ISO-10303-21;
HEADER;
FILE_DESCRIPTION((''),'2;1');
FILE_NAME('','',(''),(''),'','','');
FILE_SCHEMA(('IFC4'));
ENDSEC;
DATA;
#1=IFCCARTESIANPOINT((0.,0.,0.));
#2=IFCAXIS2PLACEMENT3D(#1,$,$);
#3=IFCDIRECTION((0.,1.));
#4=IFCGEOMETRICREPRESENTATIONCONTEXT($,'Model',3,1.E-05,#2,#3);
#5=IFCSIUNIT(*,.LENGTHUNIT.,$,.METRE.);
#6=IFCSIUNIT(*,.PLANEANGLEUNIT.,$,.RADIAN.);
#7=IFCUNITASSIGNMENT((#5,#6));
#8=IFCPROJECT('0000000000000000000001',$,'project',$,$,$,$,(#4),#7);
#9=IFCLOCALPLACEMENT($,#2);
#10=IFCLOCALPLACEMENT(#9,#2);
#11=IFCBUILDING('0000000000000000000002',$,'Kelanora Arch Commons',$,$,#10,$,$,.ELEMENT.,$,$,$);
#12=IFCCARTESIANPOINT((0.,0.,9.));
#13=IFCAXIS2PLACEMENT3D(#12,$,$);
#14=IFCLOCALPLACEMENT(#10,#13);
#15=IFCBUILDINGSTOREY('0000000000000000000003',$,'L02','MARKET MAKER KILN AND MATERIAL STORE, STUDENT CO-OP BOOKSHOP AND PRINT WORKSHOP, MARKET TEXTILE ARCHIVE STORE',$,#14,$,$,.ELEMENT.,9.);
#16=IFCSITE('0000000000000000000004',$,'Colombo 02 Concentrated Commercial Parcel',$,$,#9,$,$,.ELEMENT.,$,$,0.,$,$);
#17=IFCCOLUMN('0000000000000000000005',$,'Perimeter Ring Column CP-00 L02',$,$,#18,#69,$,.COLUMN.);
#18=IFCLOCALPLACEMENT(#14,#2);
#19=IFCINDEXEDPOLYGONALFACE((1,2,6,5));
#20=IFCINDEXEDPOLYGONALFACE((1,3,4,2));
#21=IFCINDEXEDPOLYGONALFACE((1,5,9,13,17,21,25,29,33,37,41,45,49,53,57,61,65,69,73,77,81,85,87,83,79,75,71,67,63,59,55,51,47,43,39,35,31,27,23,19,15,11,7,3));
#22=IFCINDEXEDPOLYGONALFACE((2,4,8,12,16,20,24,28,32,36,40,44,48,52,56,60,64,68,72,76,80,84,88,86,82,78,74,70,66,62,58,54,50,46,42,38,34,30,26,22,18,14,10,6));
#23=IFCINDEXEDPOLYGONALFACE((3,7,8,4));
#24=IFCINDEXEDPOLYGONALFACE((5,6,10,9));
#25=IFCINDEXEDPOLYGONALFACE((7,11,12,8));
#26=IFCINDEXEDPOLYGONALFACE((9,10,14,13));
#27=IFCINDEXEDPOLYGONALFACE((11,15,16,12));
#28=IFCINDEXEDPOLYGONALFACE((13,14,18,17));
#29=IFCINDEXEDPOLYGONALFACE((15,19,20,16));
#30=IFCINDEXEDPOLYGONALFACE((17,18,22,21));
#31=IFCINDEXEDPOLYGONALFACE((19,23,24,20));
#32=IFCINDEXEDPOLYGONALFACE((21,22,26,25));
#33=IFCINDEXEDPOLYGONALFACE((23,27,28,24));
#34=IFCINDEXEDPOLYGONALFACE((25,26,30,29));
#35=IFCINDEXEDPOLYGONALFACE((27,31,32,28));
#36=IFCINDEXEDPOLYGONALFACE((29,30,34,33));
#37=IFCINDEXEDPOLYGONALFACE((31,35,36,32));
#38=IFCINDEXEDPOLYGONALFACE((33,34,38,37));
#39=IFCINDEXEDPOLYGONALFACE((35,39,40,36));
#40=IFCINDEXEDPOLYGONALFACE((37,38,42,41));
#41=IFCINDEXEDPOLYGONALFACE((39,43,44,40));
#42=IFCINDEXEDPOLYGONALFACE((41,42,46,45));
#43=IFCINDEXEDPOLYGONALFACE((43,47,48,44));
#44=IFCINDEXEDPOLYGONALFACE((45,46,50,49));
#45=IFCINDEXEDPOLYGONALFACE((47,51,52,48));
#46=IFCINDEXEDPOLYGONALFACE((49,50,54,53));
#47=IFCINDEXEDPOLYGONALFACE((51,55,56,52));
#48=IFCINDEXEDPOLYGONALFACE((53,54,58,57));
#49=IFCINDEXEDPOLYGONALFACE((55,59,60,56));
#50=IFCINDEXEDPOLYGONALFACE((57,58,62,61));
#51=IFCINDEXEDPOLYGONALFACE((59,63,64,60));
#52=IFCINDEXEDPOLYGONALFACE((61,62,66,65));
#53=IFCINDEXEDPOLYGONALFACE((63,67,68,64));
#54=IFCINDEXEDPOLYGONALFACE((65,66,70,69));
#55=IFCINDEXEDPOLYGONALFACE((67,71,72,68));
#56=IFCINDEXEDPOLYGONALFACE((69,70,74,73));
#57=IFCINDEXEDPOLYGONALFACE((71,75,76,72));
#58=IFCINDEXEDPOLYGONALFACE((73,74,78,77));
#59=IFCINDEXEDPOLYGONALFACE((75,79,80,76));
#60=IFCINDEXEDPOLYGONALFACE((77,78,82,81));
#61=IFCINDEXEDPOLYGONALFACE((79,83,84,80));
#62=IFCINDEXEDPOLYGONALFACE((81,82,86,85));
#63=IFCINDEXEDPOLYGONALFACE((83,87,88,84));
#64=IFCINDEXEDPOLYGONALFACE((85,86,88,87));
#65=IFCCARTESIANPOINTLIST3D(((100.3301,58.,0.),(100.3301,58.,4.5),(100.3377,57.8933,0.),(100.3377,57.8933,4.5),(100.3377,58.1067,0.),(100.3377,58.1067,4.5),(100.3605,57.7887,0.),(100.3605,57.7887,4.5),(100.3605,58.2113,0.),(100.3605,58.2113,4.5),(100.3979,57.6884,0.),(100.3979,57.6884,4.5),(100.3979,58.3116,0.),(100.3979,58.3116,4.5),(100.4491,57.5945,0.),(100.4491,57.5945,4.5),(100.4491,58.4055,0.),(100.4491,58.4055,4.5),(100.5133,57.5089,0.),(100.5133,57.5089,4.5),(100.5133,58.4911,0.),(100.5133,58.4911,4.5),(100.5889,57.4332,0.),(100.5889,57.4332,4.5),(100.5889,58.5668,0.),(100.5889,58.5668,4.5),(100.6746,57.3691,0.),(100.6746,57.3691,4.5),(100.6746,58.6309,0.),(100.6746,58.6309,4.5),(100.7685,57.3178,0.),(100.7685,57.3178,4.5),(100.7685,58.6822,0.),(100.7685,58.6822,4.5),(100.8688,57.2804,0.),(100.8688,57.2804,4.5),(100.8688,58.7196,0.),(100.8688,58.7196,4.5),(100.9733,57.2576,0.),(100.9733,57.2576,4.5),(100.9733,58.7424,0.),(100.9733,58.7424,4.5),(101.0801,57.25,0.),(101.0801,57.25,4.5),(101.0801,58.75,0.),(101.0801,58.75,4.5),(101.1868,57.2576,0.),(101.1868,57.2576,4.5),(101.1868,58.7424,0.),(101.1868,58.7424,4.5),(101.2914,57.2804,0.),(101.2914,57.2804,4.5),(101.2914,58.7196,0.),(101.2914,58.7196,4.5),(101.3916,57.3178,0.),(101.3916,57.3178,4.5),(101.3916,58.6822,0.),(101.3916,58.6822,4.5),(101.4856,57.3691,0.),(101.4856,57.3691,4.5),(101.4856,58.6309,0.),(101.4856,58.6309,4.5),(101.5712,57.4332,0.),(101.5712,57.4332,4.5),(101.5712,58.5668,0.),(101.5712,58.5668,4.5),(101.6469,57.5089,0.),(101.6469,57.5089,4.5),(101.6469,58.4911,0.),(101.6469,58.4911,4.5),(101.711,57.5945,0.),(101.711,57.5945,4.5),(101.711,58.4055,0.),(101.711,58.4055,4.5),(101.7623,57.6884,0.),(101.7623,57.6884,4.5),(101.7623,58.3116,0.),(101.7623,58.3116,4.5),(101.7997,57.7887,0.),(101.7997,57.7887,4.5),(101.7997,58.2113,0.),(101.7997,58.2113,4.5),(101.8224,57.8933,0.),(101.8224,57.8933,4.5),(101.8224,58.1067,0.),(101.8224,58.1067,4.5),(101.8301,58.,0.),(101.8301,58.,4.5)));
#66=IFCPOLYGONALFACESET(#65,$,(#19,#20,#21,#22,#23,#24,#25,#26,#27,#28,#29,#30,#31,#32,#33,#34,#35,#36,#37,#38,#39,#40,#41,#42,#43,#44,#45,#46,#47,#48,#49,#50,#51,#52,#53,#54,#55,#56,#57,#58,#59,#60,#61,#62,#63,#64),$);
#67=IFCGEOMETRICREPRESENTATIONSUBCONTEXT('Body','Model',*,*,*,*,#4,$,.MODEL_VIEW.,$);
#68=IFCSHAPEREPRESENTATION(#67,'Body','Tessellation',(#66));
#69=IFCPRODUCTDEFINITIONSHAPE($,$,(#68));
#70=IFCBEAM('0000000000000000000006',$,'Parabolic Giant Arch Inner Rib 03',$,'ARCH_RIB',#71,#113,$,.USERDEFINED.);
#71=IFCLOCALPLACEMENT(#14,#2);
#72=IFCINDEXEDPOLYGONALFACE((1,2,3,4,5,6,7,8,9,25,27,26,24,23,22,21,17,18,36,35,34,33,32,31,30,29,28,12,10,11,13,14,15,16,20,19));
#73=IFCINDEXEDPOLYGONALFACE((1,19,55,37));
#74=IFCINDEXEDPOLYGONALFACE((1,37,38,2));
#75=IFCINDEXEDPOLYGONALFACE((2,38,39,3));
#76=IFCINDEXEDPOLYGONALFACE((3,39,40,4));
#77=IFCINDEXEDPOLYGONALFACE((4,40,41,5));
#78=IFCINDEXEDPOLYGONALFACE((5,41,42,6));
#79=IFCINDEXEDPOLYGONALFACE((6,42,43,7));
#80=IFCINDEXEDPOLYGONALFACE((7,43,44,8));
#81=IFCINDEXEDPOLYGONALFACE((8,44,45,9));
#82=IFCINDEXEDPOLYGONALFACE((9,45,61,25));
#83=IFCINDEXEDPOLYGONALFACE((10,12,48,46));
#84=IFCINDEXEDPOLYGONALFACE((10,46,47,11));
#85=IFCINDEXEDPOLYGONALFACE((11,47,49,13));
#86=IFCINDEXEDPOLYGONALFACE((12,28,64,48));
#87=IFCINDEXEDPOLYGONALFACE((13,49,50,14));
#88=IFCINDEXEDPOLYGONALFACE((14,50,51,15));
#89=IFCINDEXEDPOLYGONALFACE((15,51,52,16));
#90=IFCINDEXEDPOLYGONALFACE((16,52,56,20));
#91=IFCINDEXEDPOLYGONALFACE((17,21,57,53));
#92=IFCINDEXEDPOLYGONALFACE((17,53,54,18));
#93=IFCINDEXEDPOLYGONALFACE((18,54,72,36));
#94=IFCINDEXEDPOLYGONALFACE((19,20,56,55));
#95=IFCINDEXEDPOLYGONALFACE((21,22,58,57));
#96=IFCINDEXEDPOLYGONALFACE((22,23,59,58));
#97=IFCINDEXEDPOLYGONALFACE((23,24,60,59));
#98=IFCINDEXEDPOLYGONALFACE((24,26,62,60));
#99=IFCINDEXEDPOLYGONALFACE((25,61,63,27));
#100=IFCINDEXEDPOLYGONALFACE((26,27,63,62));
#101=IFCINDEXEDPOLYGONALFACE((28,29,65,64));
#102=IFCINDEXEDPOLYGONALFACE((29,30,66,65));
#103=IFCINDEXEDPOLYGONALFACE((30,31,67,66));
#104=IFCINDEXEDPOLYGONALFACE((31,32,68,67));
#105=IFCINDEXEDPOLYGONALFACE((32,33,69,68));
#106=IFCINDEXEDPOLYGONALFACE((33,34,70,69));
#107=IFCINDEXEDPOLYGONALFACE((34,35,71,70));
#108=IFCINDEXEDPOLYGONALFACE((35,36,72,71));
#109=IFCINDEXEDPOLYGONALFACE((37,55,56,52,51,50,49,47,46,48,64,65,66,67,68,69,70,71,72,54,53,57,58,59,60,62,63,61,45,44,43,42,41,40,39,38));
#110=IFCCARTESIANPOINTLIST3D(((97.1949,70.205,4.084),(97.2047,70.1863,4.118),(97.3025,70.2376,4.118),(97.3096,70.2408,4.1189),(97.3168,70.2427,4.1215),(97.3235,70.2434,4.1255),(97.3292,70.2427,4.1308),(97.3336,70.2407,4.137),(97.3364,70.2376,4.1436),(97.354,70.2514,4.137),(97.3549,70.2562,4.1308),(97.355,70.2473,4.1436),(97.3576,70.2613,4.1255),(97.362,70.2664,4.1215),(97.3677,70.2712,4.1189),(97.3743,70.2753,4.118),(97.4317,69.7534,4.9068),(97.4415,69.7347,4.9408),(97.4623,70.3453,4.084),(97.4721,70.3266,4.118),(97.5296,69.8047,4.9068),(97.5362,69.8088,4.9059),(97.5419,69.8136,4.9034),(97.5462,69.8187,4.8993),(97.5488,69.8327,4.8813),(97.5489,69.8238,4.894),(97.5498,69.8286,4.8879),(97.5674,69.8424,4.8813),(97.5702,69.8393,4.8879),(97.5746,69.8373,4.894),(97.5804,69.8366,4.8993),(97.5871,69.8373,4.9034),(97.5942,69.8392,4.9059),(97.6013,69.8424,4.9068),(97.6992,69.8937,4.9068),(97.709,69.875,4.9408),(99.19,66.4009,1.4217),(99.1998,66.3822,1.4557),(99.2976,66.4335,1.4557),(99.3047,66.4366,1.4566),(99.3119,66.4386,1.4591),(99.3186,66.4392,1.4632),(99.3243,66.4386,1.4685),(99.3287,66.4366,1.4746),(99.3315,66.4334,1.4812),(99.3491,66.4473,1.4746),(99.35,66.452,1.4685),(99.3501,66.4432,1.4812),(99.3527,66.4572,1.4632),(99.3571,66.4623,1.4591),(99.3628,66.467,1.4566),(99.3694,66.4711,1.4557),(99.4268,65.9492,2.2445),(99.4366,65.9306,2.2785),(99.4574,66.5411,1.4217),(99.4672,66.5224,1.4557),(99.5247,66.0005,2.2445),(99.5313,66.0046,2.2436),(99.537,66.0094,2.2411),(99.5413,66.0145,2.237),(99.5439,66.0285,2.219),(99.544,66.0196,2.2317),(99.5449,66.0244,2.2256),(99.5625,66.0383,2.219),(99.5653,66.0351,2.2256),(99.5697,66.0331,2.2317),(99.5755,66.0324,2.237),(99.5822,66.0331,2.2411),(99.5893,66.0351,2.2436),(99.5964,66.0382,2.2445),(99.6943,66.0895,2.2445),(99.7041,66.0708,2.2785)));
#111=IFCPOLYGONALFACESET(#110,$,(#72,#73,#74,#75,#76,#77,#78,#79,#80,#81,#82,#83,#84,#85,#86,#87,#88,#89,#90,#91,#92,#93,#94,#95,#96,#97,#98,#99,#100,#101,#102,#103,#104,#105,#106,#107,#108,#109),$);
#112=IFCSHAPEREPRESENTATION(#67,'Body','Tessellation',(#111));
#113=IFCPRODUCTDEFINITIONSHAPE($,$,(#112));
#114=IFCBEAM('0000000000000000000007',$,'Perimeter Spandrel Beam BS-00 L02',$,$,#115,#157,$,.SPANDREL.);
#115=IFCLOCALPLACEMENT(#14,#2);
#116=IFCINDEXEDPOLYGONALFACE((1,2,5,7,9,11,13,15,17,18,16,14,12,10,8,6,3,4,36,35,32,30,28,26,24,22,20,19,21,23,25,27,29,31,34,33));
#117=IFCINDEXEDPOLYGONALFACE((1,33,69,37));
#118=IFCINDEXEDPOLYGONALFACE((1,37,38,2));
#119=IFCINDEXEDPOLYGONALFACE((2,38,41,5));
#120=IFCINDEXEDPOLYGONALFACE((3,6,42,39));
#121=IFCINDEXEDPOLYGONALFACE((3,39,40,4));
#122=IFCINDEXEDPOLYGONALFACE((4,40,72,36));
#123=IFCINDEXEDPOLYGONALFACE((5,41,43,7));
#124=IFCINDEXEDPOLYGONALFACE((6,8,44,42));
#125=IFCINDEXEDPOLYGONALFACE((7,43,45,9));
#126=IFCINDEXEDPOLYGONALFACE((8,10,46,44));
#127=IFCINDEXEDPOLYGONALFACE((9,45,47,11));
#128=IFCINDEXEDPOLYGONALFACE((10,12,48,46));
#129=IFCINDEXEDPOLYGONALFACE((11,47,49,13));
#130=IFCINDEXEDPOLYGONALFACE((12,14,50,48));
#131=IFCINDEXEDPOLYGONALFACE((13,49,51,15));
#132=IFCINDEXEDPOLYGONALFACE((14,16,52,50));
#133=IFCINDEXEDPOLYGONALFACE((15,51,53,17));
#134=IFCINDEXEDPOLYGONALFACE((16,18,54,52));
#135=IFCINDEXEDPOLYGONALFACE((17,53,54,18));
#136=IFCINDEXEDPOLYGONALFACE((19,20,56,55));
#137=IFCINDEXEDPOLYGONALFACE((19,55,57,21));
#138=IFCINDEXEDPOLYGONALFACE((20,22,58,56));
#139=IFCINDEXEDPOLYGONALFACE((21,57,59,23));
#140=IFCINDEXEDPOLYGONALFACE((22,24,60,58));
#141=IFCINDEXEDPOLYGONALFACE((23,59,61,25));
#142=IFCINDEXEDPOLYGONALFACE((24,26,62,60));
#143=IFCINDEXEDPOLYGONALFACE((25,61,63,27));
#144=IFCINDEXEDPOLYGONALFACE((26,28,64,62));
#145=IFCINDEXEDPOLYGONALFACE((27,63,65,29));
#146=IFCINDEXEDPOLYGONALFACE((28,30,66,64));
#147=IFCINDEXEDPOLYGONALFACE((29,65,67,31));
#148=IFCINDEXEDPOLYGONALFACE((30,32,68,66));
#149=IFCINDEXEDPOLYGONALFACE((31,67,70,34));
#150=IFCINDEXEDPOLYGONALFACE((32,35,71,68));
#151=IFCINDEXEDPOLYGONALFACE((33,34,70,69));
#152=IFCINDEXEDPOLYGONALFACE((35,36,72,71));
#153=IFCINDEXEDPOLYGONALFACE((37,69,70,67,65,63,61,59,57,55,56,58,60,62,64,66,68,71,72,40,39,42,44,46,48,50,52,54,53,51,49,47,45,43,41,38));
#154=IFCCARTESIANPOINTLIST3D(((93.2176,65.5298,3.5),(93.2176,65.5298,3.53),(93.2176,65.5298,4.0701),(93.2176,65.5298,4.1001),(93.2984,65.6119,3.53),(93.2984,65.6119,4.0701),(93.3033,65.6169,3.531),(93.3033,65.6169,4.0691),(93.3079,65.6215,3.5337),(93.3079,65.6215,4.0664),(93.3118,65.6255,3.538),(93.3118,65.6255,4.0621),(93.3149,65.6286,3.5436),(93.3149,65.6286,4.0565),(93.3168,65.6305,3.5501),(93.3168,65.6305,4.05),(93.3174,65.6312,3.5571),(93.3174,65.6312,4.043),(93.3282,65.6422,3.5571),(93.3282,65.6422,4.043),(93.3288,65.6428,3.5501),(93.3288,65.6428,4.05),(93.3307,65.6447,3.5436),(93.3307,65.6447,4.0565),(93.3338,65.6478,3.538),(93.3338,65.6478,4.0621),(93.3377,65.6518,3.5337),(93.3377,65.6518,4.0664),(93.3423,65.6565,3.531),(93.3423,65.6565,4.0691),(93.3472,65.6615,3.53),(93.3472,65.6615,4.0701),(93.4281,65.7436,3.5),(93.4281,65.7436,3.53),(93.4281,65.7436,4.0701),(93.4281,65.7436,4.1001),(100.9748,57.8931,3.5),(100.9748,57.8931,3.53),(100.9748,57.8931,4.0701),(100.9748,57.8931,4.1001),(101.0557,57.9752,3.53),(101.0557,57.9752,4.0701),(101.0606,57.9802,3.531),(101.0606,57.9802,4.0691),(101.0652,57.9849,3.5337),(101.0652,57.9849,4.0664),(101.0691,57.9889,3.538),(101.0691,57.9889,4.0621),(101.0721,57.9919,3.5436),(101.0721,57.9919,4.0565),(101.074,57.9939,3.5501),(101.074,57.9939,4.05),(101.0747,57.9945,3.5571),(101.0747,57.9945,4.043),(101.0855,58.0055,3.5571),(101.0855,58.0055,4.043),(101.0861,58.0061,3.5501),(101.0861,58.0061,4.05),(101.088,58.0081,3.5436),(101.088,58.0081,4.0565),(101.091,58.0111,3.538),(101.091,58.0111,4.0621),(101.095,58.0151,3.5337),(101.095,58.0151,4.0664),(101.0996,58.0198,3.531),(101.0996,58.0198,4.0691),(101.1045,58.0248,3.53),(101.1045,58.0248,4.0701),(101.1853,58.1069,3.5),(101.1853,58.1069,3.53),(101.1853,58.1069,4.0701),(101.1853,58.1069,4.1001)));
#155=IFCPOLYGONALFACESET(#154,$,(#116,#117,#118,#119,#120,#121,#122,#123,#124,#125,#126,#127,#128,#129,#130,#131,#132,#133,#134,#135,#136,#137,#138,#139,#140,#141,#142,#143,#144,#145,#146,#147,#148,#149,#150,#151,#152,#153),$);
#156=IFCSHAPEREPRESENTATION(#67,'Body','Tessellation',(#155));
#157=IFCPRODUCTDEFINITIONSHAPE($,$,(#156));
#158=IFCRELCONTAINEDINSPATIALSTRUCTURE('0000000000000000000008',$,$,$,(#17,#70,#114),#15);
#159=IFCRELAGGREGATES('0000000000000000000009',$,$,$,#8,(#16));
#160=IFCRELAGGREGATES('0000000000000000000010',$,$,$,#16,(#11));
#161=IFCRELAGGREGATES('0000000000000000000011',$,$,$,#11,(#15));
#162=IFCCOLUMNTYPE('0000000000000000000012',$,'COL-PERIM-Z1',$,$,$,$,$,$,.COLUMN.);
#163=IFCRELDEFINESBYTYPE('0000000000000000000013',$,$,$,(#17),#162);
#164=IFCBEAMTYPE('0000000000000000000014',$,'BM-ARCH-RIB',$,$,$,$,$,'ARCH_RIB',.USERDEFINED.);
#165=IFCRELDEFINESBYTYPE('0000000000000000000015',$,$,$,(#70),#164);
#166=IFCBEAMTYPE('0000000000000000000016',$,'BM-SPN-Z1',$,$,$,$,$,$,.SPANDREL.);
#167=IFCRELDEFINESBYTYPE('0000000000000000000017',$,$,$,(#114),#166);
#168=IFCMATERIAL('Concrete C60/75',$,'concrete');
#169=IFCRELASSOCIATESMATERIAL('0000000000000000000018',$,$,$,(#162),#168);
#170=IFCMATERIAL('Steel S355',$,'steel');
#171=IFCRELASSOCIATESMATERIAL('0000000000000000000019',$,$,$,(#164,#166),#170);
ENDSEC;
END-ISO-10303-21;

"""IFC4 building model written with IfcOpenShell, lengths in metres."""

from ifc_helpers import new_model, si_unit, direction, frame, origin, origin_2d, place, context, subcontext, project, spatial, circle, i_section, extrude, material, material_profile, profile_set, type_object, element, save


model = new_model("IFC4")

# Units and contexts
model_context = context("Model", 3, precision=1e-05, world=origin(), true_north=direction((0.0, 1.0)))
body_context = subcontext(model_context, "Body", "Model", "MODEL_VIEW")
ifc_project = project(units=[si_unit("LENGTHUNIT", "METRE"), si_unit("PLANEANGLEUNIT", "RADIAN")], contexts=[model_context])

# Site, building, storey
site_placement = place(None, origin())
site = spatial("IfcSite", under=ifc_project, at=site_placement, Name="Colombo 02 Concentrated Commercial Parcel", CompositionType="ELEMENT", RefElevation=0.0)
building_placement = place(site_placement, origin())
building = spatial("IfcBuilding", under=site, at=building_placement, Name="Kelanora Arch Commons", CompositionType="ELEMENT")
storey_placement = place(building_placement, frame((0.0, 0.0, 9.0)))
storey = spatial("IfcBuildingStorey", under=building, at=storey_placement, Name="L02", Description="MARKET MAKER KILN AND MATERIAL STORE, STUDENT CO-OP BOOKSHOP AND PRINT WORKSHOP, MARKET TEXTILE ARCHIVE STORE", CompositionType="ELEMENT", Elevation=9.0)

# Column
ifc_material_1 = material(Name="Concrete C60/75", Category="concrete")
ifc_material_profile_1 = material_profile(ifc_material_1, circle(Radius=0.75, at=origin_2d()), Name="RCC1500")
ifc_profile_set_1 = profile_set([ifc_material_profile_1], Name="Concrete C60/75")
column_type = type_object("IfcColumnType", Name="COL-PERIM-Z1", PredefinedType="COLUMN", material=ifc_profile_set_1)
column_placement = place(storey_placement, frame((101.0801, 58.0, 0.0), z_axis=(0.0, 0.0, 1.0), x_axis=(1.0, 0.0, 0.0)))
element("IfcColumn", 1, at=column_placement, inside=storey, type_object=column_type, Name="Perimeter Ring Column CP-00 L02", PredefinedType="COLUMN", context=body_context, shape_type="SweptSolid", body=[
    extrude(circle(Radius=0.75, at=origin_2d()), origin(), (0.0, 0.0, 1.0), 4.5),
])

# Beams
ifc_material_2 = material(Name="Steel S355", Category="steel")
ifc_material_profile_2 = material_profile(ifc_material_2, i_section(OverallWidth=0.302, OverallDepth=1.0081, WebThickness=0.021, FlangeThickness=0.04, FilletRadius=0.03, at=origin_2d()), Name="HEM1000")
ifc_profile_set_2 = profile_set([ifc_material_profile_2], Name="Steel S355")
beam_type_1 = type_object("IfcBeamType", Name="BM-ARCH-RIB", ElementType="ARCH_RIB", PredefinedType="USERDEFINED", material=ifc_profile_set_2)
beam_1_placement = place(storey_placement, frame((99.447, 66.2358, 1.8501), z_axis=(-0.394778, 0.752745, 0.526806), x_axis=(-0.885598, -0.464453, 0.0)))
element("IfcBeam", 2, at=beam_1_placement, inside=storey, type_object=beam_type_1, Name="Parabolic Giant Arch Inner Rib 03", ObjectType="ARCH_RIB", PredefinedType="USERDEFINED", context=body_context, shape_type="SweptSolid", body=[
    extrude(i_section(OverallWidth=0.302, OverallDepth=1.0081, WebThickness=0.021, FlangeThickness=0.04, FilletRadius=0.03, at=origin_2d()), origin(), (0.0, 0.0, 1.0), 5.0537),
])
ifc_material_profile_3 = material_profile(ifc_material_2, i_section(OverallWidth=0.3, OverallDepth=0.6001, WebThickness=0.0154, FlangeThickness=0.03, FilletRadius=0.0271, at=origin_2d()), Name="HEB600")
ifc_profile_set_3 = profile_set([ifc_material_profile_3], Name="Steel S355")
beam_type_2 = type_object("IfcBeamType", Name="BM-SPN-Z1", PredefinedType="SPANDREL", material=ifc_profile_set_3)
beam_2_placement = place(storey_placement, frame((101.0801, 58.0, 3.8), z_axis=(-0.712625, 0.701545, 0.0), x_axis=(-0.701545, -0.712625, 0.0)))
element("IfcBeam", 3, at=beam_2_placement, inside=storey, type_object=beam_type_2, Name="Perimeter Spandrel Beam BS-00 L02", PredefinedType="SPANDREL", context=body_context, shape_type="SweptSolid", body=[
    extrude(i_section(OverallWidth=0.3, OverallDepth=0.6001, WebThickness=0.0154, FlangeThickness=0.03, FilletRadius=0.0271, at=origin_2d()), origin(), (0.0, 0.0, 1.0), 10.8855),
])

save(model, "model.ifc")
